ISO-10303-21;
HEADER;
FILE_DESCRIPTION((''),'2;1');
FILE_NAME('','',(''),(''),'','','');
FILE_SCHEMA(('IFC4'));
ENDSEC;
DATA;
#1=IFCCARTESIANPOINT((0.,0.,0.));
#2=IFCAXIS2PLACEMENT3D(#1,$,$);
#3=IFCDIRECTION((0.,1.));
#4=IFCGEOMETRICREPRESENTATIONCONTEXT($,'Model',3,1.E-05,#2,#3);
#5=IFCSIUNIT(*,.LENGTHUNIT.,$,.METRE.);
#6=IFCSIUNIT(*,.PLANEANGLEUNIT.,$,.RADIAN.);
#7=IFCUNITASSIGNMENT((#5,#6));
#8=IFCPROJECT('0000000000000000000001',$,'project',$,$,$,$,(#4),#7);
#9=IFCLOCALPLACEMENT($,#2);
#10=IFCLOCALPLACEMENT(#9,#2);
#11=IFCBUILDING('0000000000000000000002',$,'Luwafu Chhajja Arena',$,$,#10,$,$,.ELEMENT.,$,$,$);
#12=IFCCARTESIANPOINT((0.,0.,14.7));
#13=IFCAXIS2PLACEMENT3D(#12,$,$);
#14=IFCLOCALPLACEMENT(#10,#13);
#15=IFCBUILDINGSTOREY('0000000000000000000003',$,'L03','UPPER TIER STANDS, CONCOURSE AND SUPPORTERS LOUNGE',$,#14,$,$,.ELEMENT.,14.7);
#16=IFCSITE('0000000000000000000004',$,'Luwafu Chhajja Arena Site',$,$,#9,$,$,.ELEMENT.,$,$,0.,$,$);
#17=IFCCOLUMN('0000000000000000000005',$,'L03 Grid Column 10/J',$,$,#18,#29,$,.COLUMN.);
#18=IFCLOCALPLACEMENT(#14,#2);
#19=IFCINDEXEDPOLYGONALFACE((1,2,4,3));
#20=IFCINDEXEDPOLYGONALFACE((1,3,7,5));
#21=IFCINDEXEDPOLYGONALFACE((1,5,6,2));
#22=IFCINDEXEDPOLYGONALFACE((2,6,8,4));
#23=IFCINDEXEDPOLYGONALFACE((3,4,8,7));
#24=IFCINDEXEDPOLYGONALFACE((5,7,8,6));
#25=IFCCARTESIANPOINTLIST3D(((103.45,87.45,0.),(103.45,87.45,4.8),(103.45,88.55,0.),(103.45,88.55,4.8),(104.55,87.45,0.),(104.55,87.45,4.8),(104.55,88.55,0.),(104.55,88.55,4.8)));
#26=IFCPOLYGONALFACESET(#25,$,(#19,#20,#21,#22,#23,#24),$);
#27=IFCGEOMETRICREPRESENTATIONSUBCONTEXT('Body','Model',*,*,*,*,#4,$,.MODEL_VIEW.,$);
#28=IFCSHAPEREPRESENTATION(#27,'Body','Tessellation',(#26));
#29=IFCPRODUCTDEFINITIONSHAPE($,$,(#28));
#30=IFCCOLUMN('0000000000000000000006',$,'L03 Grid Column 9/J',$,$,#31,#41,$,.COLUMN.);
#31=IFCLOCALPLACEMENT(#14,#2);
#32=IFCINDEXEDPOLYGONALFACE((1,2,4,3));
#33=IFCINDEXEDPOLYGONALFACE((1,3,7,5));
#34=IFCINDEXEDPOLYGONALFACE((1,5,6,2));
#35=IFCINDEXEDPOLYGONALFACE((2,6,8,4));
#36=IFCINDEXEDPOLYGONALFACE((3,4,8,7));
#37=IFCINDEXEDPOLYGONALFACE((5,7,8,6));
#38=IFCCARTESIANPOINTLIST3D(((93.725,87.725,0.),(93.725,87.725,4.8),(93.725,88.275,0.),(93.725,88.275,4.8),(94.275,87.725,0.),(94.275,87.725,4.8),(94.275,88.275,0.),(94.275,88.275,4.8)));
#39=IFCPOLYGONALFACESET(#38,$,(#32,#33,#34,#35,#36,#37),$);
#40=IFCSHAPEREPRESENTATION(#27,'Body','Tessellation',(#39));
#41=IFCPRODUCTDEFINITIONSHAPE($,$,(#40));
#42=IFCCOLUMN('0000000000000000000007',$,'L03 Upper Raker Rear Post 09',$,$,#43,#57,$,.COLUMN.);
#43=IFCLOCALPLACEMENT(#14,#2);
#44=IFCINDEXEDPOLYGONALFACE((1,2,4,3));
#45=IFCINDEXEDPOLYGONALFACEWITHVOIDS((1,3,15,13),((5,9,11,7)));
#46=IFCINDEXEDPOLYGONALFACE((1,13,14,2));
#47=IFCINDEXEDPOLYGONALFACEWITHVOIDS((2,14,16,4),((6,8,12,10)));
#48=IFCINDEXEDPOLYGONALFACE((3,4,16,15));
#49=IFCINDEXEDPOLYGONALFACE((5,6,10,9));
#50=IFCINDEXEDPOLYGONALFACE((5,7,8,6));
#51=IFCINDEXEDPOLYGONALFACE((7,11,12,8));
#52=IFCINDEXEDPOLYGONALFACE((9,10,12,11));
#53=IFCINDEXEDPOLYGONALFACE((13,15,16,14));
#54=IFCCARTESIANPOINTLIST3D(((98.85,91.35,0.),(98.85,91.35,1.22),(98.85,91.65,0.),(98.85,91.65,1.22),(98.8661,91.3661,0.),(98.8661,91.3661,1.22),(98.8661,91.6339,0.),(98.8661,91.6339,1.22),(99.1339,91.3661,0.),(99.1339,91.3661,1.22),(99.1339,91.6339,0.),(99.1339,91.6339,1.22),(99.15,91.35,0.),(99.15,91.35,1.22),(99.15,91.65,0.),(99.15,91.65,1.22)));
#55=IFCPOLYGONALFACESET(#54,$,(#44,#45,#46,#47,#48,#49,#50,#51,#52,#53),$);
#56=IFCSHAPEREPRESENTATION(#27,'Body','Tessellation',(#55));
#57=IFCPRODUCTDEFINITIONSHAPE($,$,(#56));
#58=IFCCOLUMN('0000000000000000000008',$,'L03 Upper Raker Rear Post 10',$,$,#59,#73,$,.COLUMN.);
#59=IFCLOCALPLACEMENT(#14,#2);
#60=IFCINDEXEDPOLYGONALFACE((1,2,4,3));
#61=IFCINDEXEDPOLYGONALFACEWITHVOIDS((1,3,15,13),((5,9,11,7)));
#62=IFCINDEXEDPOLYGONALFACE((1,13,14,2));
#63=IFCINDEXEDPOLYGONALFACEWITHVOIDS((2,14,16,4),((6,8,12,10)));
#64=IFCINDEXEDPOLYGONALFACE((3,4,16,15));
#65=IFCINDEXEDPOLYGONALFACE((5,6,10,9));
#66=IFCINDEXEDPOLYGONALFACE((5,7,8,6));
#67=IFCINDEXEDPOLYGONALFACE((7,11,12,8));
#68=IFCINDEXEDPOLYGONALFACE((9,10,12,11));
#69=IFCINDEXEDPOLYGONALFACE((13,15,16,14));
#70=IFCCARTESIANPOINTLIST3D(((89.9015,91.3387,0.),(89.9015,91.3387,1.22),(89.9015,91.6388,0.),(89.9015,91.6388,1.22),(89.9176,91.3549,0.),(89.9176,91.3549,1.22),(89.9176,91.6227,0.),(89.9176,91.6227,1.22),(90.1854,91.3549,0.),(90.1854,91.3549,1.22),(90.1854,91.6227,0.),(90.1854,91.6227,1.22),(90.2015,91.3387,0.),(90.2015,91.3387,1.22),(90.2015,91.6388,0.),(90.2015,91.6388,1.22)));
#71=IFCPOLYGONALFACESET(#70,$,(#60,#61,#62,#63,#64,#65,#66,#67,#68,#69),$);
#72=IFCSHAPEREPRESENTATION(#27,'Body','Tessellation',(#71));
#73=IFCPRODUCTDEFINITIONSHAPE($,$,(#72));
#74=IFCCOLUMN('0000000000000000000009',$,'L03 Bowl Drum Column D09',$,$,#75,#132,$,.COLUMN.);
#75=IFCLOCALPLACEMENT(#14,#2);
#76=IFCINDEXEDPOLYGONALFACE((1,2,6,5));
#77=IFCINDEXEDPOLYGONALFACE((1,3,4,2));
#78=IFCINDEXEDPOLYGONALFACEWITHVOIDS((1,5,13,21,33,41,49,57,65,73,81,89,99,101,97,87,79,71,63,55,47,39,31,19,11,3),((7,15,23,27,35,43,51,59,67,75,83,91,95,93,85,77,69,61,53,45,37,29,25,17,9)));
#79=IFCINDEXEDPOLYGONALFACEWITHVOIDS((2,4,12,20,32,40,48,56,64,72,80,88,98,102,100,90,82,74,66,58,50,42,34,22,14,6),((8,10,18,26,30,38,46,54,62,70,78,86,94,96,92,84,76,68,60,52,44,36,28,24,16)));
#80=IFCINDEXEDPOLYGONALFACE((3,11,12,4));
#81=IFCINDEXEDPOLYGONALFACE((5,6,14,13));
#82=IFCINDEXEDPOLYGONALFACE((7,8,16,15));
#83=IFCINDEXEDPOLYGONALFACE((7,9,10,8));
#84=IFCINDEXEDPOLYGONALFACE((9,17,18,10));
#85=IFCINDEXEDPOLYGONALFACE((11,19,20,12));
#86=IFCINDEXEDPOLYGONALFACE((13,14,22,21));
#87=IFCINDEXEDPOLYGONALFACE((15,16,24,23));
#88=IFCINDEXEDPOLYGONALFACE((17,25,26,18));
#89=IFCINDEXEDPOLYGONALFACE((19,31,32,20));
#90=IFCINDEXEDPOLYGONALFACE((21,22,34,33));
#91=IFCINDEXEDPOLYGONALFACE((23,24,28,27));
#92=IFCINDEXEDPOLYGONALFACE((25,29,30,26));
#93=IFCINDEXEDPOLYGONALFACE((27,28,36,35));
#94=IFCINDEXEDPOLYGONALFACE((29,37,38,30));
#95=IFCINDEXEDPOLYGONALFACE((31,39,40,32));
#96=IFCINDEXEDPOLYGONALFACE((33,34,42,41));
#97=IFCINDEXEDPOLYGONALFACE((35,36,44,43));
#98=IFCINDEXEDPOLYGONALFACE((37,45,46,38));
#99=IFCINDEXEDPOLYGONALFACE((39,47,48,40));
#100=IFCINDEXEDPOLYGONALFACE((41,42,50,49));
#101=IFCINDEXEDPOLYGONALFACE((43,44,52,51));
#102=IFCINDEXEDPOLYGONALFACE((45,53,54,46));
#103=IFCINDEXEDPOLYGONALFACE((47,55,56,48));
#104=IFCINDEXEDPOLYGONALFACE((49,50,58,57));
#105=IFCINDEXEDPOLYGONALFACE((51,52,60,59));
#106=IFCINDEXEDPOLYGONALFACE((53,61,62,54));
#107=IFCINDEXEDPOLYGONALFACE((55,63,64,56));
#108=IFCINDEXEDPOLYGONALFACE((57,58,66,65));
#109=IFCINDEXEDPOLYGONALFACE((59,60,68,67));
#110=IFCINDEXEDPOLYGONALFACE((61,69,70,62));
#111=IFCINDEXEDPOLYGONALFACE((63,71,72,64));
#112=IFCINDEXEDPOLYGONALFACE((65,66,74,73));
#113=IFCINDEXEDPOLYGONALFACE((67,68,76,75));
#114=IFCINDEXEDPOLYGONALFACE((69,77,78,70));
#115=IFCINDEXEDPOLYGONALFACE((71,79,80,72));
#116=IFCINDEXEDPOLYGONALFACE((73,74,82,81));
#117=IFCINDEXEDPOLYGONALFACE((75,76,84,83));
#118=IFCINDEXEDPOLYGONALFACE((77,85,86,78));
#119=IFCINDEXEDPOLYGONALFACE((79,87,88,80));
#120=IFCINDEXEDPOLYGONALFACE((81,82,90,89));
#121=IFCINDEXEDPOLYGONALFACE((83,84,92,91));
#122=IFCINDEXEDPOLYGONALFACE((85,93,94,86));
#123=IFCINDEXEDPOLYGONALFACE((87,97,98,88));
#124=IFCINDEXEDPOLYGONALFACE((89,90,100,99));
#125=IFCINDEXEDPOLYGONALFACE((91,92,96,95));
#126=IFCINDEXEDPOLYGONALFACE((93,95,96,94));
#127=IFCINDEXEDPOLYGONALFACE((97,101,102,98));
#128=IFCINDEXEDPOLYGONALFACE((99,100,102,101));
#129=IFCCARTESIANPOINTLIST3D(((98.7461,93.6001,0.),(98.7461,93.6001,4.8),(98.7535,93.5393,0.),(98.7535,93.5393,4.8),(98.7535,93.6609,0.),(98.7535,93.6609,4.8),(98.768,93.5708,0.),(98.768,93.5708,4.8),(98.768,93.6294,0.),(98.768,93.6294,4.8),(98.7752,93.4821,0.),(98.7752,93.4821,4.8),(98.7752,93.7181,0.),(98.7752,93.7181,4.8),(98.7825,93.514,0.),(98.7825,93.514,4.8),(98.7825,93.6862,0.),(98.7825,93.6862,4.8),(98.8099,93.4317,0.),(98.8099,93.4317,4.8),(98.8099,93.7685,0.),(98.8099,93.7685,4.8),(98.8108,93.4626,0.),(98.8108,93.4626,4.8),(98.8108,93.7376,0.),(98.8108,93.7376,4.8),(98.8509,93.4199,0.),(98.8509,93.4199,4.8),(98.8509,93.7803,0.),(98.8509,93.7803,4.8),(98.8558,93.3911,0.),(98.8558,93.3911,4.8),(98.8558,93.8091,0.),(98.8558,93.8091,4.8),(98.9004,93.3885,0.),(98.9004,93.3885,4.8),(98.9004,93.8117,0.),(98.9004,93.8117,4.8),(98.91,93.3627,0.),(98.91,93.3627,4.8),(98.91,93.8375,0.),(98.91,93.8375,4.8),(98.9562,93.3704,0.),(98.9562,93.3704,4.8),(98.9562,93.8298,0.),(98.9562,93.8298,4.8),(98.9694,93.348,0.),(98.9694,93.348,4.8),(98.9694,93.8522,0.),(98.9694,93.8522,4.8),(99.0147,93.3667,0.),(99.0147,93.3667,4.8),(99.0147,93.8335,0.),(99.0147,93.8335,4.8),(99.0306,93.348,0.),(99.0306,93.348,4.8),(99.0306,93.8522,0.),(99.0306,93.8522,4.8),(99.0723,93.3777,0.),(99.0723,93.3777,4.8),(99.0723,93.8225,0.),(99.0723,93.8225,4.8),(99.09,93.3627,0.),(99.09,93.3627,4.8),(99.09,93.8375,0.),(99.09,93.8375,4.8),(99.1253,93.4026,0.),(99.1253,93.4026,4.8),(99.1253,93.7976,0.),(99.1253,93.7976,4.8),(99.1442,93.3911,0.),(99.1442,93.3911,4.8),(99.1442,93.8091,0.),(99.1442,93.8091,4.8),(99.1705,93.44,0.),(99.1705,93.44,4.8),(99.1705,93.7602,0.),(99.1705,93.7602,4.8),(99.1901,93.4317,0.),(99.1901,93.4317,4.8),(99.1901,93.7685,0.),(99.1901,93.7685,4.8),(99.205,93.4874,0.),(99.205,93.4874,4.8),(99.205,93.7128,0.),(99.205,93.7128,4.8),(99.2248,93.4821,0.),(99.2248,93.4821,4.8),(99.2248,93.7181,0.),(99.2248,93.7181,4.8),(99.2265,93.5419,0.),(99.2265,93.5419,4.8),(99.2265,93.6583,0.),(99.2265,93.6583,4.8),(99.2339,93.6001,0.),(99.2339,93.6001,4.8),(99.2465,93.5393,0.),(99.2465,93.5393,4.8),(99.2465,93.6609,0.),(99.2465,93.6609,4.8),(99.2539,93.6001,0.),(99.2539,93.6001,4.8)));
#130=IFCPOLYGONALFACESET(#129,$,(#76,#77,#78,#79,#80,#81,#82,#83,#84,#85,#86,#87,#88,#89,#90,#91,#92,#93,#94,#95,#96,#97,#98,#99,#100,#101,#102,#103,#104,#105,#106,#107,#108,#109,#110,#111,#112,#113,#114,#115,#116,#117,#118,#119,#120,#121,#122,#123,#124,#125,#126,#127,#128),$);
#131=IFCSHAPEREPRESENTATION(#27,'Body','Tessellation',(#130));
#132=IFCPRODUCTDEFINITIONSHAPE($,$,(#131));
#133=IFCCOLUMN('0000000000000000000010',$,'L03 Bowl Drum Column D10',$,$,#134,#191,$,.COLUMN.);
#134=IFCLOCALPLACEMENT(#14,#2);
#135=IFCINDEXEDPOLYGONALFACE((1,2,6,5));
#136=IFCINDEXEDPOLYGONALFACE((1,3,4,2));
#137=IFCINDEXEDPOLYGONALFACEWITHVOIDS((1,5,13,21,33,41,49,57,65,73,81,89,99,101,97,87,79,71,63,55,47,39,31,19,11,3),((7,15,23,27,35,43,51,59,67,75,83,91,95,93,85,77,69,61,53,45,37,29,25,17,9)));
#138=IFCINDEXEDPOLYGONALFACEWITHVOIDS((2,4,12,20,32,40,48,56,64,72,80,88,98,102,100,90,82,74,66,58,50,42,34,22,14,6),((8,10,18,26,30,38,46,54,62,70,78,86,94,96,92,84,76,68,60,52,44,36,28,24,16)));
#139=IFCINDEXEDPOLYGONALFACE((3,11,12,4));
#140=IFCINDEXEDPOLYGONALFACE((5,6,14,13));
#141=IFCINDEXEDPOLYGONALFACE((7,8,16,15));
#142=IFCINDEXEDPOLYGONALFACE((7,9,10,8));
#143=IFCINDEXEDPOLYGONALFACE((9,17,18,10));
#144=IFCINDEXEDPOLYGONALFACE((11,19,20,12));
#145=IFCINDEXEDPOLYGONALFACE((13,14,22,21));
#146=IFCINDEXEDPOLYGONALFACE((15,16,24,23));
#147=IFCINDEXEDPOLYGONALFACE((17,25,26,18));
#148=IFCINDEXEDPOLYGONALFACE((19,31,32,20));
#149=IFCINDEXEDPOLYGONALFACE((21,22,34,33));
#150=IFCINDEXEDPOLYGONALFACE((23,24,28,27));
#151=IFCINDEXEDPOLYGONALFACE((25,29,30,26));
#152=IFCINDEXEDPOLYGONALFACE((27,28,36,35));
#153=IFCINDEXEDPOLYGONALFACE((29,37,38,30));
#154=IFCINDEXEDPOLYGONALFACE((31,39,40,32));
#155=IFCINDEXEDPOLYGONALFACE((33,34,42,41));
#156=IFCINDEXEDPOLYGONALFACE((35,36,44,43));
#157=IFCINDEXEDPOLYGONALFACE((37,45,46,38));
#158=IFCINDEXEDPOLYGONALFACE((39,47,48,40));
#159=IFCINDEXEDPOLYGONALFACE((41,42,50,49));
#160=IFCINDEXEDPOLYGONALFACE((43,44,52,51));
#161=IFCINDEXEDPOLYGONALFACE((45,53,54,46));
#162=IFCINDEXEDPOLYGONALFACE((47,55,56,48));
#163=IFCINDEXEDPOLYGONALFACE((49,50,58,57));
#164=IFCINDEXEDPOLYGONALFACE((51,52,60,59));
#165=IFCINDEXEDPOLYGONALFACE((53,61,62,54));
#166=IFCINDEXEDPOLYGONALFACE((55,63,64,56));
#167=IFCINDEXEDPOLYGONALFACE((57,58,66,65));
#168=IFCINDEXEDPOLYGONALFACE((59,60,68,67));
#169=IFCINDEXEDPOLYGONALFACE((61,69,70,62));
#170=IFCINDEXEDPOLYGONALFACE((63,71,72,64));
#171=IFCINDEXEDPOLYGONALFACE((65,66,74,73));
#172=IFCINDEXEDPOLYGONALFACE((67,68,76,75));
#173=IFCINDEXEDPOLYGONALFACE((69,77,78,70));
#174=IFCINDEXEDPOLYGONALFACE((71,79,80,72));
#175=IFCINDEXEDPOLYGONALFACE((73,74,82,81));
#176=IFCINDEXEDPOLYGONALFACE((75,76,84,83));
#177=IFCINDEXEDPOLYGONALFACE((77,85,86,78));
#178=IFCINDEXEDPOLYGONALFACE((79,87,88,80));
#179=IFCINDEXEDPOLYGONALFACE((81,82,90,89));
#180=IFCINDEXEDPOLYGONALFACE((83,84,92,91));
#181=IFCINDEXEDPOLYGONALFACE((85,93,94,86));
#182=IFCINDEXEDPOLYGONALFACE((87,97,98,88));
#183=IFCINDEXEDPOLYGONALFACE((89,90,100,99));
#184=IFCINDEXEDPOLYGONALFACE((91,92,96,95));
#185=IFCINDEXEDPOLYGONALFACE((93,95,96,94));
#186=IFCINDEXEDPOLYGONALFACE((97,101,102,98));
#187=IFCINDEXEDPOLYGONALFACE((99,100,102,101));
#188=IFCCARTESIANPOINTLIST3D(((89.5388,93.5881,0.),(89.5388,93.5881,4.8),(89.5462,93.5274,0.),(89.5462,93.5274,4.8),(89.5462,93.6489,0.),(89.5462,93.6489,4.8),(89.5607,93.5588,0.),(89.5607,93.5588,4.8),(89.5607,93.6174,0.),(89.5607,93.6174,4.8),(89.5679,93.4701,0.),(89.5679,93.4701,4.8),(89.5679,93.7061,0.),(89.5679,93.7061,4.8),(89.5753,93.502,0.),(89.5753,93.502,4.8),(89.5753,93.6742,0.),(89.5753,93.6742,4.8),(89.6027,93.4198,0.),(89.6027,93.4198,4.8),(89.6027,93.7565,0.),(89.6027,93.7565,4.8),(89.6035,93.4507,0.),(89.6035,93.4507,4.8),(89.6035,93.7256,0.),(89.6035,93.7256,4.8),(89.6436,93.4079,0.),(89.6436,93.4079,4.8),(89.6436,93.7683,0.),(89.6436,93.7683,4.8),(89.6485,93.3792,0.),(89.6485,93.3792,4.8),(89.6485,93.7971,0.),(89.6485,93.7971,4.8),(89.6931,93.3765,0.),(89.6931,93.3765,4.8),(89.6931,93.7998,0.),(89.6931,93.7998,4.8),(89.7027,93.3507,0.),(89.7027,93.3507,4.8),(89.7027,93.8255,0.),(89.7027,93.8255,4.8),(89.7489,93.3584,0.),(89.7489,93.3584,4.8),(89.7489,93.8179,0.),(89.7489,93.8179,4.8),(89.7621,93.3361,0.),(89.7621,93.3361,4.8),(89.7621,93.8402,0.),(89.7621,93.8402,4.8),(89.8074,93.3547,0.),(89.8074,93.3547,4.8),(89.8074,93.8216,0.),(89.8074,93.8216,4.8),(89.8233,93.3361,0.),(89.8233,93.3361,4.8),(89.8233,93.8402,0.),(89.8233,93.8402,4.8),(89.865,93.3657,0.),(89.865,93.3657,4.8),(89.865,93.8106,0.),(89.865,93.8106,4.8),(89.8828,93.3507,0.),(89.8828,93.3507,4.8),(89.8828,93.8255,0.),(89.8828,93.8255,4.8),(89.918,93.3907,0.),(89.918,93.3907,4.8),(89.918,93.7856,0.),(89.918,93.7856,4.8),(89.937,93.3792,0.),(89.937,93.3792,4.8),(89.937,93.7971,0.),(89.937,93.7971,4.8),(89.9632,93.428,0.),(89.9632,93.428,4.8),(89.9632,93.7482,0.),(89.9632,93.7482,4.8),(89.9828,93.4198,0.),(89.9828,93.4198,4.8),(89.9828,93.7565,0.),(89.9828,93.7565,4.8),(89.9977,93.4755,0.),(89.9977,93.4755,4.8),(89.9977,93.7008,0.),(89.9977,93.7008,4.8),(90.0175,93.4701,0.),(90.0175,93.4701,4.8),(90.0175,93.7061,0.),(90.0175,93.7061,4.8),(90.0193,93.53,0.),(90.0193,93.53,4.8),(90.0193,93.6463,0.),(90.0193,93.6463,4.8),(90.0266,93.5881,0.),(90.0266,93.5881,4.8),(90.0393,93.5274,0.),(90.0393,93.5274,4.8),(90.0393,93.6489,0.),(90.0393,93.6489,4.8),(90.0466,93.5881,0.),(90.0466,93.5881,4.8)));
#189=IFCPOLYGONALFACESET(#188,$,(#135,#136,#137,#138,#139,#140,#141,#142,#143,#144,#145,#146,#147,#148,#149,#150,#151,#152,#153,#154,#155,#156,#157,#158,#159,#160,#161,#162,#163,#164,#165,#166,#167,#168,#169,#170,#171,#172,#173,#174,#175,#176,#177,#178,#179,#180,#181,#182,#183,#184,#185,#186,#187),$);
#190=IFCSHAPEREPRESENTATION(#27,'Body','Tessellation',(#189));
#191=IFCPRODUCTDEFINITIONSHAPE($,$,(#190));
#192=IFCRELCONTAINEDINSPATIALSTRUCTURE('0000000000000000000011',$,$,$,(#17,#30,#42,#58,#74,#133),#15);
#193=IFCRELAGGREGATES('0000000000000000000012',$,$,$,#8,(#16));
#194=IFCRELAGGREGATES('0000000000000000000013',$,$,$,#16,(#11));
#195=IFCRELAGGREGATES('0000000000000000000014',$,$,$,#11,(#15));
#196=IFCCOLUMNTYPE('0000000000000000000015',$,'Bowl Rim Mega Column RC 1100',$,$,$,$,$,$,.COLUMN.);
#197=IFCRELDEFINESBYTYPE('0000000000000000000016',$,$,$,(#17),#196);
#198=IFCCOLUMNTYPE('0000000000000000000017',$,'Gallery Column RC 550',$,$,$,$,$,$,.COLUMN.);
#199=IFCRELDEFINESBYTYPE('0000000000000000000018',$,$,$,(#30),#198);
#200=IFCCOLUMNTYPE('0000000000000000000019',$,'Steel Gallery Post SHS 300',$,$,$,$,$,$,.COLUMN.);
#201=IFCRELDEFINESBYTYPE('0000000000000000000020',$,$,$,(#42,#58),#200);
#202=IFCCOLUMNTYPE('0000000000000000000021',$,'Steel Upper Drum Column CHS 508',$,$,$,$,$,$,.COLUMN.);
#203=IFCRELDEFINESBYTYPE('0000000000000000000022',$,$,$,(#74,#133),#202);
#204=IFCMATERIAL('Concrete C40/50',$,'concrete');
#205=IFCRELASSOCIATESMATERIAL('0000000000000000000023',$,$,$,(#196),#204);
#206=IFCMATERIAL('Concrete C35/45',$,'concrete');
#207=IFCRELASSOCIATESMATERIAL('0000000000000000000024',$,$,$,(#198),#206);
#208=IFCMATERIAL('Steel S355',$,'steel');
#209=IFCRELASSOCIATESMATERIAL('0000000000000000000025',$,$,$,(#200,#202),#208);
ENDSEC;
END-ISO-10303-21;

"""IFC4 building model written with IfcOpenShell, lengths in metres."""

from ifc_helpers import new_model, si_unit, direction, frame, origin, origin_2d, place, context, subcontext, project, spatial, rectangle, hollow_rectangle, hollow_circle, extrude, material, material_profile, profile_set, type_object, element, save


model = new_model("IFC4")

# Units and contexts
model_context = context("Model", 3, precision=1e-05, world=origin(), true_north=direction((0.0, 1.0)))
body_context = subcontext(model_context, "Body", "Model", "MODEL_VIEW")
ifc_project = project(units=[si_unit("LENGTHUNIT", "METRE"), si_unit("PLANEANGLEUNIT", "RADIAN")], contexts=[model_context])

# Site, building, storey
site_placement = place(None, origin())
site = spatial("IfcSite", under=ifc_project, at=site_placement, Name="Luwafu Chhajja Arena Site", CompositionType="ELEMENT", RefElevation=0.0)
building_placement = place(site_placement, origin())
building = spatial("IfcBuilding", under=site, at=building_placement, Name="Luwafu Chhajja Arena", CompositionType="ELEMENT")
storey_placement = place(building_placement, frame((0.0, 0.0, 14.7)))
storey = spatial("IfcBuildingStorey", under=building, at=storey_placement, Name="L03", Description="UPPER TIER STANDS, CONCOURSE AND SUPPORTERS LOUNGE", CompositionType="ELEMENT", Elevation=14.7)

# Columns
ifc_material_1 = material(Name="Concrete C40/50", Category="concrete")
ifc_material_profile_1 = material_profile(ifc_material_1, rectangle(XDim=1.1001, YDim=1.1001, at=origin_2d()), Name="RC 1100x1100")
ifc_profile_set_1 = profile_set([ifc_material_profile_1], Name="Concrete C40/50")
column_type_1 = type_object("IfcColumnType", Name="Bowl Rim Mega Column RC 1100", PredefinedType="COLUMN", material=ifc_profile_set_1)
column_1_placement = place(storey_placement, frame((104.0, 88.0, 0.0), z_axis=(0.0, 0.0, 1.0), x_axis=(1.0, 0.0, 0.0)))
element("IfcColumn", 1, at=column_1_placement, inside=storey, type_object=column_type_1, Name="L03 Grid Column 10/J", PredefinedType="COLUMN", context=body_context, shape_type="SweptSolid", body=[
    extrude(rectangle(XDim=1.1001, YDim=1.1001, at=origin_2d()), origin(), (0.0, 0.0, 1.0), 4.8),
])
ifc_material_2 = material(Name="Concrete C35/45", Category="concrete")
ifc_material_profile_2 = material_profile(ifc_material_2, rectangle(XDim=0.55, YDim=0.55, at=origin_2d()), Name="RC 550x550")
ifc_profile_set_2 = profile_set([ifc_material_profile_2], Name="Concrete C35/45")
column_type_2 = type_object("IfcColumnType", Name="Gallery Column RC 550", PredefinedType="COLUMN", material=ifc_profile_set_2)
column_2_placement = place(storey_placement, frame((94.0, 88.0, 0.0), z_axis=(0.0, 0.0, 1.0), x_axis=(1.0, 0.0, 0.0)))
element("IfcColumn", 2, at=column_2_placement, inside=storey, type_object=column_type_2, Name="L03 Grid Column 9/J", PredefinedType="COLUMN", context=body_context, shape_type="SweptSolid", body=[
    extrude(rectangle(XDim=0.55, YDim=0.55, at=origin_2d()), origin(), (0.0, 0.0, 1.0), 4.8),
])
ifc_material_3 = material(Name="Steel S355", Category="steel")
ifc_material_profile_3 = material_profile(ifc_material_3, hollow_rectangle(XDim=0.3, YDim=0.3, WallThickness=0.0161, at=origin_2d()), Name="SHS 300x300x16")
ifc_profile_set_3 = profile_set([ifc_material_profile_3], Name="Steel S355")
column_type_3 = type_object("IfcColumnType", Name="Steel Gallery Post SHS 300", PredefinedType="COLUMN", material=ifc_profile_set_3)
for number, where, z_axis, x_axis, name in (
    (3, (99.0, 91.5, 0.0), (0.0, 0.0, 1.0), (1.0, 0.0, 0.0), "L03 Upper Raker Rear Post 09"),
    (4, (90.0515, 91.4888, 0.0), (0.0, 0.0, 1.0), (1.0, 0.0, 0.0), "L03 Upper Raker Rear Post 10"),
):
    element("IfcColumn", number, at=place(storey_placement, frame(where, z_axis=z_axis, x_axis=x_axis)), inside=storey, type_object=column_type_3, Name=name, PredefinedType="COLUMN", context=body_context, shape_type="SweptSolid", body=[
        extrude(hollow_rectangle(XDim=0.3, YDim=0.3, WallThickness=0.0161, at=origin_2d()), origin(), (0.0, 0.0, 1.0), 1.22),
    ])
ifc_material_profile_4 = material_profile(ifc_material_3, hollow_circle(Radius=0.2539, WallThickness=0.02, at=origin_2d()), Name="CHS 508x20")
ifc_profile_set_4 = profile_set([ifc_material_profile_4], Name="Steel S355")
column_type_4 = type_object("IfcColumnType", Name="Steel Upper Drum Column CHS 508", PredefinedType="COLUMN", material=ifc_profile_set_4)
for number, where, z_axis, x_axis, name in (
    (5, (99.0, 93.6001, 0.0), (0.0, 0.0, 1.0), (1.0, 0.0, 0.0), "L03 Bowl Drum Column D09"),
    (6, (89.7927, 93.5881, 0.0), (0.0, 0.0, 1.0), (1.0, 0.0, 0.0), "L03 Bowl Drum Column D10"),
):
    element("IfcColumn", number, at=place(storey_placement, frame(where, z_axis=z_axis, x_axis=x_axis)), inside=storey, type_object=column_type_4, Name=name, PredefinedType="COLUMN", context=body_context, shape_type="SweptSolid", body=[
        extrude(hollow_circle(Radius=0.2539, WallThickness=0.02, at=origin_2d()), origin(), (0.0, 0.0, 1.0), 4.8),
    ])

save(model, "model.ifc")
